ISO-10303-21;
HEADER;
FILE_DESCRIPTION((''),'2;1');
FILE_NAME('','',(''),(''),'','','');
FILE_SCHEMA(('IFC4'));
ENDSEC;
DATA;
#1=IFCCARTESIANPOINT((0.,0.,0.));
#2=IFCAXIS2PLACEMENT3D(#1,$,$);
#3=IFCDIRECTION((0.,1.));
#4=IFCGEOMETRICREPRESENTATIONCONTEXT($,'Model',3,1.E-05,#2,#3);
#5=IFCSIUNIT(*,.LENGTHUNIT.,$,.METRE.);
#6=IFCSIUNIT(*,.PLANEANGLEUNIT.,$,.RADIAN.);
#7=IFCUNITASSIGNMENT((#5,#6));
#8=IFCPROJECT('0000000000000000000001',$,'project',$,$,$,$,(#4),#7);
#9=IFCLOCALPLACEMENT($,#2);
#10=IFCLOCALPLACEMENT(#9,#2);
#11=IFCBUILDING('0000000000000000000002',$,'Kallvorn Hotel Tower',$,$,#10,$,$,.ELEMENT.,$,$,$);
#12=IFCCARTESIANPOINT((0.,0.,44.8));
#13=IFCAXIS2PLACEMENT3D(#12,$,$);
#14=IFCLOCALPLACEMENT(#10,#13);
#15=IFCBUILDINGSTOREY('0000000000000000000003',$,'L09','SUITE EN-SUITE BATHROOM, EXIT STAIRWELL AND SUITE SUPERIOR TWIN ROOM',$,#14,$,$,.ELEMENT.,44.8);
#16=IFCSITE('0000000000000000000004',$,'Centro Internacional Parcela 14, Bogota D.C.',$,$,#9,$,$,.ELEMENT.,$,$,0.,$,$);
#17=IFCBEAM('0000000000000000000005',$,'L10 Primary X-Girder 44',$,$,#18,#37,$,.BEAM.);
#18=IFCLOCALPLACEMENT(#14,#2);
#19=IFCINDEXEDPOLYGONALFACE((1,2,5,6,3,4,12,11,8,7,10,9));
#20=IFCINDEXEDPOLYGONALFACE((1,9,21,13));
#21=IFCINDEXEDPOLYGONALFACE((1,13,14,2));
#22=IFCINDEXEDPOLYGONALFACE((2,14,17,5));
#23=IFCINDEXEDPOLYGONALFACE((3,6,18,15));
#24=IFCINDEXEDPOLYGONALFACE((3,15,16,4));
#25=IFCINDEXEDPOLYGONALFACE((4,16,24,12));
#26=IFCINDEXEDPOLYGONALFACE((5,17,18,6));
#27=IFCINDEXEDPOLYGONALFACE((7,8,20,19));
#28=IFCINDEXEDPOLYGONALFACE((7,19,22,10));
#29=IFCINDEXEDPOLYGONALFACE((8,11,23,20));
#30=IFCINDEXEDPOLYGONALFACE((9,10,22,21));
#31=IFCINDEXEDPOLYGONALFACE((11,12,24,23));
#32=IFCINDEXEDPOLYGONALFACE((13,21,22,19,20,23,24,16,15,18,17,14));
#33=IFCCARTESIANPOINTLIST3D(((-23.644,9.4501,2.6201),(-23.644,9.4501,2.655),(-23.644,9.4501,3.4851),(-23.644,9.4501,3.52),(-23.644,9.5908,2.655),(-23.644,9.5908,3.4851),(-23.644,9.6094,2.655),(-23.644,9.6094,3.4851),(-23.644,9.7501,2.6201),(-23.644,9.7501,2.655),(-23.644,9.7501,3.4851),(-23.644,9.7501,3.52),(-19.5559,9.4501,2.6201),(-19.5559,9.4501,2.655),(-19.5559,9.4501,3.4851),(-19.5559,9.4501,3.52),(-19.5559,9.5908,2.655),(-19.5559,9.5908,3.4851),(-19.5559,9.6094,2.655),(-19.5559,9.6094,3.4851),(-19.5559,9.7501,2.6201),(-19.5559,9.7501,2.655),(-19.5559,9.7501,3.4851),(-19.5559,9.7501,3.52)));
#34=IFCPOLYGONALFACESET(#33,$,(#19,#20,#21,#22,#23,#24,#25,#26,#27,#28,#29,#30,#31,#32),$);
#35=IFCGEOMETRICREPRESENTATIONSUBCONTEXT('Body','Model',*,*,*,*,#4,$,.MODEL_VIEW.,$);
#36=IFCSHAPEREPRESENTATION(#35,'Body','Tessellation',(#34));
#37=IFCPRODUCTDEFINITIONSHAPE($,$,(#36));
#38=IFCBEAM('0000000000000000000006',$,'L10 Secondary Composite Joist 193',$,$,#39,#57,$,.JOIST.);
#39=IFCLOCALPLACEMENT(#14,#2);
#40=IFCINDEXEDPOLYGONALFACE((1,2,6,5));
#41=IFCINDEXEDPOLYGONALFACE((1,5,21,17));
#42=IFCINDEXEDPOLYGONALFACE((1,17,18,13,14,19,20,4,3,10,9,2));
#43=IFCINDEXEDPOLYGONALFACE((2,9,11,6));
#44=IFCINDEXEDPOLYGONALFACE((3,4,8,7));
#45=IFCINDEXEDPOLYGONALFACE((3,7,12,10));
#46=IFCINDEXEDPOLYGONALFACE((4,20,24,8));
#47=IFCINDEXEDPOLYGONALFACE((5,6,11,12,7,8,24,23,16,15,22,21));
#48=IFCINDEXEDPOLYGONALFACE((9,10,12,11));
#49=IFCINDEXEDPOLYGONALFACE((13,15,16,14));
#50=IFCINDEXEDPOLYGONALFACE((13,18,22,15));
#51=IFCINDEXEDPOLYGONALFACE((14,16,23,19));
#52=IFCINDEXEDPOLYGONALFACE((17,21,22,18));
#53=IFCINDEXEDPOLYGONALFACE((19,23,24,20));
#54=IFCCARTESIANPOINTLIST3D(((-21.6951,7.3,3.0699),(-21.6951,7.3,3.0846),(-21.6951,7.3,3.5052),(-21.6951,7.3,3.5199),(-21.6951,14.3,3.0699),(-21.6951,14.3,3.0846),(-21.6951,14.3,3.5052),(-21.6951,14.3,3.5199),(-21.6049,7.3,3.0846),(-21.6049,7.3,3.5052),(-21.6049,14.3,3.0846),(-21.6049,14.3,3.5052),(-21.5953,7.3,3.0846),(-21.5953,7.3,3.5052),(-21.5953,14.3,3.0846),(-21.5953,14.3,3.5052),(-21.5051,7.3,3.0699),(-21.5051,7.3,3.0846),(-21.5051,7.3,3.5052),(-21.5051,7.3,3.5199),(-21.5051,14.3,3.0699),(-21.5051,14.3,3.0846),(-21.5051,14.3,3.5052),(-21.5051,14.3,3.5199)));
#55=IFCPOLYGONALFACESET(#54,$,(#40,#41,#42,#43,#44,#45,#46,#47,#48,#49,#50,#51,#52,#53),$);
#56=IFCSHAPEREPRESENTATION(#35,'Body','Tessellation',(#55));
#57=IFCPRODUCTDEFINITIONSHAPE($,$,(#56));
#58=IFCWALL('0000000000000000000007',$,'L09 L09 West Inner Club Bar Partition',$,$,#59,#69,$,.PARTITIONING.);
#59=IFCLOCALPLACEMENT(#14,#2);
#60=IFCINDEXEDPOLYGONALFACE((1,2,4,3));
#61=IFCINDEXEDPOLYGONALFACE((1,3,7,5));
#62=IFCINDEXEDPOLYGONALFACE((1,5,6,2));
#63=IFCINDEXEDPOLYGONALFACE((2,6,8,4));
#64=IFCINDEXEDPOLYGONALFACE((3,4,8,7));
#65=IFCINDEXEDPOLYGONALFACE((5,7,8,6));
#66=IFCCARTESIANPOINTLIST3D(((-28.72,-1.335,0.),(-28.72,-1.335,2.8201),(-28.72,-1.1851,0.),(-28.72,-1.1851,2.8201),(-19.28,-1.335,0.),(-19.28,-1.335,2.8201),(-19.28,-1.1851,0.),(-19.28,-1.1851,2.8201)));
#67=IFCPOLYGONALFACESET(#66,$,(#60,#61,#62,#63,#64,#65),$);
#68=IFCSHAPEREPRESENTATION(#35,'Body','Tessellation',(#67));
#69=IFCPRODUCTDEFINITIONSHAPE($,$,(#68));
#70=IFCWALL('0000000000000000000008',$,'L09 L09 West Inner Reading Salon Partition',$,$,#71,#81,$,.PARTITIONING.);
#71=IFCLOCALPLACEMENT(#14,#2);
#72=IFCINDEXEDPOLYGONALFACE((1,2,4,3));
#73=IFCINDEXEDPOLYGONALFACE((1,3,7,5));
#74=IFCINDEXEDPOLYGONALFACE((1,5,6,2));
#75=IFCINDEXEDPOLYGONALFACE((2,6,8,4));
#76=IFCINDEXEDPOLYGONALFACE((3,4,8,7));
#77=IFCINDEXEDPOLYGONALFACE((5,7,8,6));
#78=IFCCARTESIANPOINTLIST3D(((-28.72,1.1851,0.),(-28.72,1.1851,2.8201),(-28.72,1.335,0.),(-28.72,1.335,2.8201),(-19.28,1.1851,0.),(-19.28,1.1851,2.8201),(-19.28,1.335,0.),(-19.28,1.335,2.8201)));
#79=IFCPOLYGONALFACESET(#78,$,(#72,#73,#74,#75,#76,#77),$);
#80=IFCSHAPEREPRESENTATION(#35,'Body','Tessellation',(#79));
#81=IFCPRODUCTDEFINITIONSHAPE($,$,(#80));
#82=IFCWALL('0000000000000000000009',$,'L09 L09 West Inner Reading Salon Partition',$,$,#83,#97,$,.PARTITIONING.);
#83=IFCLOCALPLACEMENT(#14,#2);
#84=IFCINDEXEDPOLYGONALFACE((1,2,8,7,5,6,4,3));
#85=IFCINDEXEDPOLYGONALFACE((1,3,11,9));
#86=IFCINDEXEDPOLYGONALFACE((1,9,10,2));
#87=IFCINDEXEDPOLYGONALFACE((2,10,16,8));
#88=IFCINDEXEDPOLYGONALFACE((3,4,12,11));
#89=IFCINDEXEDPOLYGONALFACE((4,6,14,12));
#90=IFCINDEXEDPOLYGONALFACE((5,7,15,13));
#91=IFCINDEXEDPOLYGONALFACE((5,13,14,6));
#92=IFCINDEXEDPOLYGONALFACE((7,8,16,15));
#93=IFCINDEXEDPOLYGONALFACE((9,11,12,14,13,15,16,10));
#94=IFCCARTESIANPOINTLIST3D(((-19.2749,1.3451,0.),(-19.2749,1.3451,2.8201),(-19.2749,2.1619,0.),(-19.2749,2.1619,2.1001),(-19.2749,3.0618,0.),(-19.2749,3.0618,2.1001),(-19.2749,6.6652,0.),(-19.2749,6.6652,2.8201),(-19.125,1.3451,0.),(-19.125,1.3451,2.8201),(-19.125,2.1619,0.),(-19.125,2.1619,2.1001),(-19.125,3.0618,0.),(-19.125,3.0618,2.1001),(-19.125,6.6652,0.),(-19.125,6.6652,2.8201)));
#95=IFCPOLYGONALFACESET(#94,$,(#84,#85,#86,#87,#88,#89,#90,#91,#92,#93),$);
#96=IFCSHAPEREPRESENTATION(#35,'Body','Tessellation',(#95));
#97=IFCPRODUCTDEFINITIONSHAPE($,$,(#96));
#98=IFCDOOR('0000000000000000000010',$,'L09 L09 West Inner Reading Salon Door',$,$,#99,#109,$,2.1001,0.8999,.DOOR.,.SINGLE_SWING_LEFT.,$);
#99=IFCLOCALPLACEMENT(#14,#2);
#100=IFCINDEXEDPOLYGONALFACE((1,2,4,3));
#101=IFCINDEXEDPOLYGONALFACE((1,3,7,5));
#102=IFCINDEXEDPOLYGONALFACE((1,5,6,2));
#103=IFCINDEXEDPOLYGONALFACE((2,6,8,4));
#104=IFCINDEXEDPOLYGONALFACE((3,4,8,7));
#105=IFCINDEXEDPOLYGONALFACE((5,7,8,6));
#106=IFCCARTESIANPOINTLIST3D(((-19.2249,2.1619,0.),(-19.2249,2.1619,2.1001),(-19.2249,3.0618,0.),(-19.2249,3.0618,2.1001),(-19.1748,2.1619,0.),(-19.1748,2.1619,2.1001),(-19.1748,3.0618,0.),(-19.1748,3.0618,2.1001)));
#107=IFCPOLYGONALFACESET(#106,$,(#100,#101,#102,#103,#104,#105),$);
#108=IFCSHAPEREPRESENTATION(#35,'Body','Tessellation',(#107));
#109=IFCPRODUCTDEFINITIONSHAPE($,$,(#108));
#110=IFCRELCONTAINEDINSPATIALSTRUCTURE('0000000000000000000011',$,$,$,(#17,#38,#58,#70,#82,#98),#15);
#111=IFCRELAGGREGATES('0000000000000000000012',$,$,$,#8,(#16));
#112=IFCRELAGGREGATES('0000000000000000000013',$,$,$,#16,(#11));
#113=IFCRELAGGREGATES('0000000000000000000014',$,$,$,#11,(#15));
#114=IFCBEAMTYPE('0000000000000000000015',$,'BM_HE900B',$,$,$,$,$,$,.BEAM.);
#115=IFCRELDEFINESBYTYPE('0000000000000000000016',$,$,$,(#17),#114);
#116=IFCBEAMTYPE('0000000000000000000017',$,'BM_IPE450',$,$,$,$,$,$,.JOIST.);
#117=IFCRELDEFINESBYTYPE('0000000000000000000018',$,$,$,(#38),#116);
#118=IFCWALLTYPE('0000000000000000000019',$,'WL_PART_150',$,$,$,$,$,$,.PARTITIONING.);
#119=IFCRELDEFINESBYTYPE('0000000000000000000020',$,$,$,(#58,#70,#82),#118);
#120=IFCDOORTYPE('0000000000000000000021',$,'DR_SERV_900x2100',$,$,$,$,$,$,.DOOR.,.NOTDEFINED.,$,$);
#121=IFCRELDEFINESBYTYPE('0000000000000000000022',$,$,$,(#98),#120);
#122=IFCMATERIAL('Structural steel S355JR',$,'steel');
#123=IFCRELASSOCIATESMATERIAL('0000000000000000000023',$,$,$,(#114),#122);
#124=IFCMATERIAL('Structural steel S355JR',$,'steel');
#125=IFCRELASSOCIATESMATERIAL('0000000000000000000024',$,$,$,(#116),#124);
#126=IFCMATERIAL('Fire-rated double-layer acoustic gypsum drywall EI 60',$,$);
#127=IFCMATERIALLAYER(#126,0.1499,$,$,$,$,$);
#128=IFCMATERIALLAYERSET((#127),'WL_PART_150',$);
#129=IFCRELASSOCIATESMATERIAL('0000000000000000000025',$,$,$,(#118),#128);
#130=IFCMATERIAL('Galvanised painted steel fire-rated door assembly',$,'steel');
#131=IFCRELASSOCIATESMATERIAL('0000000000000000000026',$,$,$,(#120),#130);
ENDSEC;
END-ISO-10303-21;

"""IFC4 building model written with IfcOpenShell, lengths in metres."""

from ifc_helpers import new_model, si_unit, direction, frame, frame_2d, origin, origin_2d, place, context, subcontext, project, spatial, rectangle, i_section, extrude, material, layer, layer_set, material_profile, profile_set, type_object, element, fill, save


model = new_model("IFC4")

# Units and contexts
model_context = context("Model", 3, precision=1e-05, world=origin(), true_north=direction((0.0, 1.0)))
body_context = subcontext(model_context, "Body", "Model", "MODEL_VIEW")
ifc_project = project(units=[si_unit("LENGTHUNIT", "METRE"), si_unit("PLANEANGLEUNIT", "RADIAN")], contexts=[model_context])

# Site, building, storey
site_placement = place(None, origin())
site = spatial("IfcSite", under=ifc_project, at=site_placement, Name="Centro Internacional Parcela 14, Bogota D.C.", CompositionType="ELEMENT", RefElevation=0.0)
building_placement = place(site_placement, origin())
building = spatial("IfcBuilding", under=site, at=building_placement, Name="Kallvorn Hotel Tower", CompositionType="ELEMENT")
storey_placement = place(building_placement, frame((0.0, 0.0, 44.8)))
storey = spatial("IfcBuildingStorey", under=building, at=storey_placement, Name="L09", Description="SUITE EN-SUITE BATHROOM, EXIT STAIRWELL AND SUITE SUPERIOR TWIN ROOM", CompositionType="ELEMENT", Elevation=44.8)

# Beams
ifc_material_1 = material(Name="Structural steel S355JR", Category="steel")
ifc_material_profile_1 = material_profile(ifc_material_1, i_section(OverallWidth=0.3, OverallDepth=0.8999, WebThickness=0.0186, FlangeThickness=0.0349, at=origin_2d()), Name="HE 900 B")
ifc_profile_set_1 = profile_set([ifc_material_profile_1], Name="Structural steel S355JR")
beam_type_1 = type_object("IfcBeamType", Name="BM_HE900B", PredefinedType="BEAM", material=ifc_profile_set_1)
for number, where, z_axis, x_axis, name in (
    (1, (-23.644, 9.6001, 3.0701), (1.0, 0.0, 0.0), (0.0, 1.0, 0.0), "L10 Primary X-Girder 44"),
):
    element("IfcBeam", number, at=place(storey_placement, frame(where, z_axis=z_axis, x_axis=x_axis)), inside=storey, type_object=beam_type_1, Name=name, PredefinedType="BEAM", context=body_context, shape_type="SweptSolid", body=[
        extrude(i_section(OverallWidth=0.3, OverallDepth=0.8999, WebThickness=0.0186, FlangeThickness=0.0349, at=origin_2d()), origin(), (0.0, 0.0, 1.0), 4.0881),
    ])
ifc_material_2 = material(Name="Structural steel S355JR", Category="steel")
ifc_material_profile_2 = material_profile(ifc_material_2, i_section(OverallWidth=0.1899, OverallDepth=0.45, WebThickness=0.0095, FlangeThickness=0.0146, at=origin_2d()), Name="IPE 450")
ifc_profile_set_2 = profile_set([ifc_material_profile_2], Name="Structural steel S355JR")
beam_type_2 = type_object("IfcBeamType", Name="BM_IPE450", PredefinedType="JOIST", material=ifc_profile_set_2)
beam_1_placement = place(storey_placement, frame((-21.6001, 7.3, 3.2949), z_axis=(0.0, 1.0, 0.0), x_axis=(-1.0, 0.0, 0.0)))
element("IfcBeam", 2, at=beam_1_placement, inside=storey, type_object=beam_type_2, Name="L10 Secondary Composite Joist 193", PredefinedType="JOIST", context=body_context, shape_type="SweptSolid", body=[
    extrude(i_section(OverallWidth=0.1899, OverallDepth=0.45, WebThickness=0.0095, FlangeThickness=0.0146, at=origin_2d()), origin(), (0.0, 0.0, 1.0), 7.0),
])

# Walls
ifc_material_3 = material(Name="Fire-rated double-layer acoustic gypsum drywall EI 60")
ifc_layer = layer(ifc_material_3, 0.1499)
ifc_layer_set = layer_set([ifc_layer], Name="WL_PART_150")
wall_type = type_object("IfcWallType", Name="WL_PART_150", PredefinedType="PARTITIONING", material=ifc_layer_set)
for number, where, z_axis, x_axis, name in (
    (3, (-28.72, -1.26, 0.0), (0.0, 0.0, 1.0), (1.0, 0.0, 0.0), "L09 L09 West Inner Club Bar Partition"),
    (4, (-28.72, 1.26, 0.0), (0.0, 0.0, 1.0), (1.0, 0.0, 0.0), "L09 L09 West Inner Reading Salon Partition"),
):
    element("IfcWall", number, at=place(storey_placement, frame(where, z_axis=z_axis, x_axis=x_axis)), inside=storey, type_object=wall_type, Name=name, PredefinedType="PARTITIONING", context=body_context, shape_type="SweptSolid", body=[
        extrude(rectangle(XDim=9.4399, YDim=0.1499, at=frame_2d((4.72, 0.0))), origin(), (0.0, 0.0, 1.0), 2.8201),
    ])

# Wall, opening, door
wall_placement = place(storey_placement, frame((-19.2, 1.345, 0.0), z_axis=(0.0, 0.0, 1.0), x_axis=(0.0, 1.0, 0.0)))
wall = element("IfcWall", 5, at=wall_placement, inside=storey, type_object=wall_type, Name="L09 L09 West Inner Reading Salon Partition", PredefinedType="PARTITIONING", context=body_context, shape_type="SweptSolid", body=[
    extrude(rectangle(XDim=5.3201, YDim=0.1499, at=frame_2d((2.6602, 0.0))), origin(), (0.0, 0.0, 1.0), 2.8201),
])
opening_placement = place(wall_placement, frame((0.8169, 0.0, 0.0)))
opening = element("IfcOpeningElement", 6, at=opening_placement, cuts=wall, PredefinedType="OPENING", context=body_context, shape_type="SweptSolid", body=[
    extrude(rectangle(XDim=0.8999, YDim=2.1001, at=frame_2d((0.45, 1.05))), frame((0.0, 0.0898, 0.0), z_axis=(0.0, -1.0, 0.0), x_axis=(1.0, 0.0, 0.0)), (0.0, 0.0, 1.0), 0.1799),
])
ifc_material_4 = material(Name="Galvanised painted steel fire-rated door assembly", Category="steel")
door_type = type_object("IfcDoorType", Name="DR_SERV_900x2100", OperationType="NOTDEFINED", PredefinedType="DOOR", material=ifc_material_4)
door_placement = place(opening_placement, origin())
door = element("IfcDoor", 7, at=door_placement, inside=storey, type_object=door_type, Name="L09 L09 West Inner Reading Salon Door", OperationType="SINGLE_SWING_LEFT", OverallHeight=2.1001, OverallWidth=0.8999, PredefinedType="DOOR", context=body_context, shape_type="SweptSolid", body=[
    extrude(rectangle(XDim=0.8999, YDim=2.1001, at=frame_2d((0.45, 1.05))), frame((0.0, 0.0249, 0.0), z_axis=(0.0, -1.0, 0.0), x_axis=(1.0, 0.0, 0.0)), (0.0, 0.0, 1.0), 0.05),
])
fill(opening, door)

save(model, "model.ifc")
